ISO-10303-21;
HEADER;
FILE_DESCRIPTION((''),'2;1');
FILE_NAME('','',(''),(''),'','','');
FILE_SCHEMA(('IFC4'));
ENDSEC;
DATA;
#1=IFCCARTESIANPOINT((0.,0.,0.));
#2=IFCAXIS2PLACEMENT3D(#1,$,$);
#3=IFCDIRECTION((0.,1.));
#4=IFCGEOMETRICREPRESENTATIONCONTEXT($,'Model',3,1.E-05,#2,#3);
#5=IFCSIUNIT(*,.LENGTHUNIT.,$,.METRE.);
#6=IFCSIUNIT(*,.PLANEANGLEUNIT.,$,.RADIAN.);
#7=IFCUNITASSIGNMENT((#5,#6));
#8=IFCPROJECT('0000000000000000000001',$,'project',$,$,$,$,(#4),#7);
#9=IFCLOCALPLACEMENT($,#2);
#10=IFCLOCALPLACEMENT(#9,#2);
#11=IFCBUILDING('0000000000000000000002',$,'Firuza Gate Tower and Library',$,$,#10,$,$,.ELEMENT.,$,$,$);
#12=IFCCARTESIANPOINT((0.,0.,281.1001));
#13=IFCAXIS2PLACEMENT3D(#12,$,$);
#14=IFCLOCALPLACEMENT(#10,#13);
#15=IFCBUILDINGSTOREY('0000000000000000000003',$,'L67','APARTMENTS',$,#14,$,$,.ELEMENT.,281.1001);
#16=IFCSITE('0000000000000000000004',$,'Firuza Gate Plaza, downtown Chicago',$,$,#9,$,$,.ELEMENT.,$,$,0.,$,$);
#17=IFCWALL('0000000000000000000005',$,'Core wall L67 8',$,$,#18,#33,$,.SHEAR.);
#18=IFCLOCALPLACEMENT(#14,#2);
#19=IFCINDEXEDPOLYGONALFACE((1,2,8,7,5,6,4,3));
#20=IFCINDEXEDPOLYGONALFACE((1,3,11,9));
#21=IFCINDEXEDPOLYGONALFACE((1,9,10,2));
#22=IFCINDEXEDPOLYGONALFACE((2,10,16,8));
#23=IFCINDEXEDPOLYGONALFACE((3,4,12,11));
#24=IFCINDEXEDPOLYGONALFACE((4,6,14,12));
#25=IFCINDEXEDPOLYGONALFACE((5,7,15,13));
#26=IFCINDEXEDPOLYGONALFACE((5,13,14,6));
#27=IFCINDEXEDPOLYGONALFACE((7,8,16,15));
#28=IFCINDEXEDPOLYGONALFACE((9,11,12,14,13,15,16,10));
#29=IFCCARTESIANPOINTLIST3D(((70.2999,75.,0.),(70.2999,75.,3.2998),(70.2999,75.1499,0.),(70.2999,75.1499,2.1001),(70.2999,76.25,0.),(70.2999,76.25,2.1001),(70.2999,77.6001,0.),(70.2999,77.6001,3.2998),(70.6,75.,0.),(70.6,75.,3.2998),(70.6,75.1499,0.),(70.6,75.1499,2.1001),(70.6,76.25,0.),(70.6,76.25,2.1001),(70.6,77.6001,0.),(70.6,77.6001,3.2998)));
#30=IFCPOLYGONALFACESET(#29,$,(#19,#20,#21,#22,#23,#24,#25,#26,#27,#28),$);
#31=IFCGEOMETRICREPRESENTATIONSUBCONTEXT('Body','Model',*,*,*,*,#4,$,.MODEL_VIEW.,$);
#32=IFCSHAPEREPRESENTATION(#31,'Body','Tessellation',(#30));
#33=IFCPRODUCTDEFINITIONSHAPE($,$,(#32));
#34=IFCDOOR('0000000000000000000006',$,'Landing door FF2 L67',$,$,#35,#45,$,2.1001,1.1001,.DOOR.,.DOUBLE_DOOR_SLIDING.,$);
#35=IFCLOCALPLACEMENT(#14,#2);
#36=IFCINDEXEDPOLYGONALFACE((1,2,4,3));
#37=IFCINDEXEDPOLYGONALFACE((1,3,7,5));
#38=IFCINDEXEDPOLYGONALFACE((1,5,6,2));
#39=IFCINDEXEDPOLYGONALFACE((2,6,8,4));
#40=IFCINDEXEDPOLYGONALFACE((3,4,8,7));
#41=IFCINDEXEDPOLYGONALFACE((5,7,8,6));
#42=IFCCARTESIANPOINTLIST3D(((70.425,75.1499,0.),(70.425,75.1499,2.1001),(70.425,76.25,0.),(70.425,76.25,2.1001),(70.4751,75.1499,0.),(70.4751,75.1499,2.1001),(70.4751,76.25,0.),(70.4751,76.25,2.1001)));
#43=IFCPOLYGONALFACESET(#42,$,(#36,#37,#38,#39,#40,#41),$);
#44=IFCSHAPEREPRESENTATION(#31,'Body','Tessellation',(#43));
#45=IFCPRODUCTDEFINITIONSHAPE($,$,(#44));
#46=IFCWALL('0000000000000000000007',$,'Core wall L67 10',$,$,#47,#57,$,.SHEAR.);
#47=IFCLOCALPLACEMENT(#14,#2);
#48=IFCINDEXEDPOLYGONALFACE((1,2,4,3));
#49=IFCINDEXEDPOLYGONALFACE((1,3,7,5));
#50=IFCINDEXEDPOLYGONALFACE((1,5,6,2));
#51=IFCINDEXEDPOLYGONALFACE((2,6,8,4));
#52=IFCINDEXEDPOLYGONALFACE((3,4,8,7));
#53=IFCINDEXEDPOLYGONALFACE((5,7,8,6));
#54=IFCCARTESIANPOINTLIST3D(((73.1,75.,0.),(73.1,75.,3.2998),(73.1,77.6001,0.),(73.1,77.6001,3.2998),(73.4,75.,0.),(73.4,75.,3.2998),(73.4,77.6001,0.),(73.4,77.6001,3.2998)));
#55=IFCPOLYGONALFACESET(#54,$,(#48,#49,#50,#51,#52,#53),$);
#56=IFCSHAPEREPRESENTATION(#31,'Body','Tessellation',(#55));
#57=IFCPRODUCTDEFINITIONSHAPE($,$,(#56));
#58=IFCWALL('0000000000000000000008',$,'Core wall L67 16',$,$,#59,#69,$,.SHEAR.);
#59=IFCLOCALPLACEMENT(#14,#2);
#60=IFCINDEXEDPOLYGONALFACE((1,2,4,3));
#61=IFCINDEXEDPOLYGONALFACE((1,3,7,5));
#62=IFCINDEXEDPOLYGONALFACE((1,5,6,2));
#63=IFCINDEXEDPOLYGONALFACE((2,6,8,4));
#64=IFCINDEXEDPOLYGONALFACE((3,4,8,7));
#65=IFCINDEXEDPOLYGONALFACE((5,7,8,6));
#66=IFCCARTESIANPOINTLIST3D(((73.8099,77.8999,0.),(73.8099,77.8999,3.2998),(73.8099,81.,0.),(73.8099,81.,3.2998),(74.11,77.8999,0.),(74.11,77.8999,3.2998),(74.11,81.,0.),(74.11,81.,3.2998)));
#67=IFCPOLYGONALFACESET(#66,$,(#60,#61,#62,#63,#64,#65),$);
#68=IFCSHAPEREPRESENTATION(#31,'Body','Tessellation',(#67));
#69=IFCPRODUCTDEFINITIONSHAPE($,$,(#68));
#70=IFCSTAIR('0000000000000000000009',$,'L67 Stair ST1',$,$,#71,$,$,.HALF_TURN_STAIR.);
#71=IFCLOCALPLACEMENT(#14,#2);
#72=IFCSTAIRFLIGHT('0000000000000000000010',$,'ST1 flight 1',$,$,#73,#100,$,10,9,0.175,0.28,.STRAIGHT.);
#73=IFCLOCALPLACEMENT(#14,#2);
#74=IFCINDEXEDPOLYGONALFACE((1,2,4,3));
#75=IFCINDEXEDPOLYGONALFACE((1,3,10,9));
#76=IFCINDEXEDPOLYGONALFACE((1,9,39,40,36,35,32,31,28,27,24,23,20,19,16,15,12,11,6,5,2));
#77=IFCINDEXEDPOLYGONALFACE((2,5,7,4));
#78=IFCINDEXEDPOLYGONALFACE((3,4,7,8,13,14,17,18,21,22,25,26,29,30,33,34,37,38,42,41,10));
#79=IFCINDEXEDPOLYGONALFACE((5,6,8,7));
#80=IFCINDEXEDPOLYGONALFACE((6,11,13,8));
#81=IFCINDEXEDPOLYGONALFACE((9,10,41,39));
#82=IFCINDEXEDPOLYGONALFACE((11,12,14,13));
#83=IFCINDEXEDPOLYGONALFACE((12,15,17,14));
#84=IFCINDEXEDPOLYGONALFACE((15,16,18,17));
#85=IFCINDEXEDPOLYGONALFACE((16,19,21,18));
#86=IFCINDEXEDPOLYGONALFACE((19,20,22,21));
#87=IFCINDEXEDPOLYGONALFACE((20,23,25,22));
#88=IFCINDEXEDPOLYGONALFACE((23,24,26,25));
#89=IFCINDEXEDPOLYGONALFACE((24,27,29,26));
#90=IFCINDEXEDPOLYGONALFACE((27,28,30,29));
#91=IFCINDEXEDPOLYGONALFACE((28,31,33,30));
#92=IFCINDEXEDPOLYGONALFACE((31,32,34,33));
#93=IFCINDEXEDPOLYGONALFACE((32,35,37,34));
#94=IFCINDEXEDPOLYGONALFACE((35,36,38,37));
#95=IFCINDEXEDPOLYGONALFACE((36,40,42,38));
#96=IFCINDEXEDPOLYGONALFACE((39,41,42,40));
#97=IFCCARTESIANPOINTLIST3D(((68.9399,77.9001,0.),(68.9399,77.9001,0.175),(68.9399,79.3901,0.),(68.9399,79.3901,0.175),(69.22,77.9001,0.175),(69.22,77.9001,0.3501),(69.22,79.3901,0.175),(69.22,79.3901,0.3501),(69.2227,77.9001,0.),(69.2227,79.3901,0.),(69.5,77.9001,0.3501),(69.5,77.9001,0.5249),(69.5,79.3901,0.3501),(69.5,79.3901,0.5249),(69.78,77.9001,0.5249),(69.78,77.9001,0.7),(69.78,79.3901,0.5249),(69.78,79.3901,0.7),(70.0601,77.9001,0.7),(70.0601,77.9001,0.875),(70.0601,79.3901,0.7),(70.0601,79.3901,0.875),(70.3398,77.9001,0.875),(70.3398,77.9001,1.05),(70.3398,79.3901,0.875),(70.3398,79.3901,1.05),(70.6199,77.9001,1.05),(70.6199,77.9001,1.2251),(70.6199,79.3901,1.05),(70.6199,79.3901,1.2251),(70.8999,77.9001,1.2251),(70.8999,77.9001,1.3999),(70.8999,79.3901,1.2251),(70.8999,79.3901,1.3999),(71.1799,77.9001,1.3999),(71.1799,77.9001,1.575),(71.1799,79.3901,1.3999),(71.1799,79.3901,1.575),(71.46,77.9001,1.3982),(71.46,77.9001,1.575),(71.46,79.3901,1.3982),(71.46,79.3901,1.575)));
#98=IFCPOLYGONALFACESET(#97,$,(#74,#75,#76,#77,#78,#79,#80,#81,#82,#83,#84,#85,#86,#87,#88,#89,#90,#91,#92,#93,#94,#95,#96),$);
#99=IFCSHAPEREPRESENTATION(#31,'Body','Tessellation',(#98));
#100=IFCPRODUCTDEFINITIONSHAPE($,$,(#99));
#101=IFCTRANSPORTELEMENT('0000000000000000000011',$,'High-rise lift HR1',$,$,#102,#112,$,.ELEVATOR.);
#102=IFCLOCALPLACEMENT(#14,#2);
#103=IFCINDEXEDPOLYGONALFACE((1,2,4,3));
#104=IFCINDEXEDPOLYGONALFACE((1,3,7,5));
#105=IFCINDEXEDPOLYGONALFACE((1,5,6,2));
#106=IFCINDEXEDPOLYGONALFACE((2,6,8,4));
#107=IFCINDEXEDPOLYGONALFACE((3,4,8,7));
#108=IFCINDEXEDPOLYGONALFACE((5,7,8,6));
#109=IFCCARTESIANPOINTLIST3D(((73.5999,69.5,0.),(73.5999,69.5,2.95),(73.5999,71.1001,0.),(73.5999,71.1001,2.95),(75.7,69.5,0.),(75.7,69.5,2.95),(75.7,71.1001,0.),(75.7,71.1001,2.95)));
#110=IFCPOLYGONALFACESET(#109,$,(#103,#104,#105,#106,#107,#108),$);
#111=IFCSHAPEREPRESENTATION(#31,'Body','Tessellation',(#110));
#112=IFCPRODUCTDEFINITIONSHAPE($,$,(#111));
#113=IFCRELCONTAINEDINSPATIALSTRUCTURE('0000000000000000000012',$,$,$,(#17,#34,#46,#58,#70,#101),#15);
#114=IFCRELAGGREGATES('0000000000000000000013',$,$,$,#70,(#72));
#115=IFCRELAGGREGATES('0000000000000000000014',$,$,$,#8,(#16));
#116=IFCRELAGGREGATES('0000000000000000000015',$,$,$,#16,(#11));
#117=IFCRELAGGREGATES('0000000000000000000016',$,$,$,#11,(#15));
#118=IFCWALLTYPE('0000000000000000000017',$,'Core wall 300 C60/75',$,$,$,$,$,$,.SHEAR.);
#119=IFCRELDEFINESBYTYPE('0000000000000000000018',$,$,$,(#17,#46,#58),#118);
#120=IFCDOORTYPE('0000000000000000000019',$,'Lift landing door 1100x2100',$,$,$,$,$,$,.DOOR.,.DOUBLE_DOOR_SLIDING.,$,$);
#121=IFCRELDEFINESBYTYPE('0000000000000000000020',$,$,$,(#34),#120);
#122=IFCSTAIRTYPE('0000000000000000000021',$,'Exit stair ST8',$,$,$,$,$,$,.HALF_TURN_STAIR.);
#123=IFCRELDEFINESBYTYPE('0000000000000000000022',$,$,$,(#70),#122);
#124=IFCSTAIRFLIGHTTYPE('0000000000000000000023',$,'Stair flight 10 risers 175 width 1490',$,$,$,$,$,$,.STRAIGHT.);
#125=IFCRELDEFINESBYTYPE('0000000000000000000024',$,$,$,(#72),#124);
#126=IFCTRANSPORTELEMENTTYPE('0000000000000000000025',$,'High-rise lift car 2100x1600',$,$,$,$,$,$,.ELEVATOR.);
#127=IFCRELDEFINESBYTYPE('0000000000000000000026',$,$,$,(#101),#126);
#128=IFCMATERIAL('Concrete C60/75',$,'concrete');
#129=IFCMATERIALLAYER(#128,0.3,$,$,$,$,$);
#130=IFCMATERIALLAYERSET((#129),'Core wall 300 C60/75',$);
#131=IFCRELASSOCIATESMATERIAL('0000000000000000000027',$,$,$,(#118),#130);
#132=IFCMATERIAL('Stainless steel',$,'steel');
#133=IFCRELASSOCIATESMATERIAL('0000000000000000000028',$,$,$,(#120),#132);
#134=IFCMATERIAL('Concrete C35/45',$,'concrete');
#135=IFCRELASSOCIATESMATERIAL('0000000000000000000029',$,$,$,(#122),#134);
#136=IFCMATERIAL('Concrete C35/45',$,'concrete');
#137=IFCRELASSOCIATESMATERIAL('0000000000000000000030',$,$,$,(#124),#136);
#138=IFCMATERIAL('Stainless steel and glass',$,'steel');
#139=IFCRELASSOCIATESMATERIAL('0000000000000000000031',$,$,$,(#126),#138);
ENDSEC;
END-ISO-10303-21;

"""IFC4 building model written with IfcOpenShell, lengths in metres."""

from ifc_helpers import new_model, si_unit, direction, frame, frame_2d, origin, origin_2d, place, context, subcontext, project, spatial, polyline, rectangle, outline, extrude, material, layer, layer_set, type_object, element, fill, aggregate, save


model = new_model("IFC4")

# Units and contexts
model_context = context("Model", 3, precision=1e-05, world=origin(), true_north=direction((0.0, 1.0)))
body_context = subcontext(model_context, "Body", "Model", "MODEL_VIEW")
ifc_project = project(units=[si_unit("LENGTHUNIT", "METRE"), si_unit("PLANEANGLEUNIT", "RADIAN")], contexts=[model_context])

# Site, building, storey
site_placement = place(None, origin())
site = spatial("IfcSite", under=ifc_project, at=site_placement, Name="Firuza Gate Plaza, downtown Chicago", CompositionType="ELEMENT", RefElevation=0.0)
building_placement = place(site_placement, origin())
building = spatial("IfcBuilding", under=site, at=building_placement, Name="Firuza Gate Tower and Library", CompositionType="ELEMENT")
storey_placement = place(building_placement, frame((0.0, 0.0, 281.1001)))
storey = spatial("IfcBuildingStorey", under=building, at=storey_placement, Name="L67", Description="APARTMENTS", CompositionType="ELEMENT", Elevation=281.1001)

# Shared definitions
ifc_material_1 = material(Name="Concrete C60/75", Category="concrete")
ifc_layer_1 = layer(ifc_material_1, 0.3)
ifc_layer_set_1 = layer_set([ifc_layer_1], Name="Core wall 300 C60/75")
wall_type_1 = type_object("IfcWallType", Name="Core wall 300 C60/75", PredefinedType="SHEAR", material=ifc_layer_set_1)
ifc_material_2 = material(Name="Stainless steel", Category="steel")
door_type_1 = type_object("IfcDoorType", Name="Lift landing door 1100x2100", OperationType="DOUBLE_DOOR_SLIDING", PredefinedType="DOOR", material=ifc_material_2)

# Wall, opening, door
wall_1_placement = place(storey_placement, frame((70.45, 75.0, 0.0), z_axis=(0.0, 0.0, 1.0), x_axis=(0.0, 1.0, 0.0)))
wall_1 = element("IfcWall", 1, at=wall_1_placement, inside=storey, type_object=wall_type_1, Name="Core wall L67 8", PredefinedType="SHEAR", context=body_context, shape_type="SweptSolid", body=[
    extrude(rectangle(XDim=2.6001, YDim=0.3, at=frame_2d((1.3, 0.0))), origin(), (0.0, 0.0, 1.0), 3.2998),
])
opening_1_placement = place(wall_1_placement, frame((0.1499, 0.0, 0.0)))
opening_1 = element("IfcOpeningElement", 2, at=opening_1_placement, cuts=wall_1, PredefinedType="OPENING", context=body_context, shape_type="SweptSolid", body=[
    extrude(rectangle(XDim=1.1001, YDim=2.1001, at=frame_2d((0.55, 1.05))), frame((0.0, 0.1602, 0.0), z_axis=(0.0, -1.0, 0.0), x_axis=(1.0, 0.0, 0.0)), (0.0, 0.0, 1.0), 0.3201),
])
door_1_placement = place(opening_1_placement, origin())
door_1 = element("IfcDoor", 3, at=door_1_placement, inside=storey, type_object=door_type_1, Name="Landing door FF2 L67", OperationType="DOUBLE_DOOR_SLIDING", OverallHeight=2.1001, OverallWidth=1.1001, PredefinedType="DOOR", context=body_context, shape_type="SweptSolid", body=[
    extrude(rectangle(XDim=1.1001, YDim=2.1001, at=frame_2d((0.55, 1.05))), frame((0.0, 0.0249, 0.0), z_axis=(0.0, -1.0, 0.0), x_axis=(1.0, 0.0, 0.0)), (0.0, 0.0, 1.0), 0.05),
])
fill(opening_1, door_1)

# Walls
wall_2_placement = place(storey_placement, frame((73.25, 75.0, 0.0), z_axis=(0.0, 0.0, 1.0), x_axis=(0.0, 1.0, 0.0)))
element("IfcWall", 4, at=wall_2_placement, inside=storey, type_object=wall_type_1, Name="Core wall L67 10", PredefinedType="SHEAR", context=body_context, shape_type="SweptSolid", body=[
    extrude(rectangle(XDim=2.6001, YDim=0.3, at=frame_2d((1.3, 0.0))), origin(), (0.0, 0.0, 1.0), 3.2998),
])
wall_3_placement = place(storey_placement, frame((73.96, 77.8999, 0.0), z_axis=(0.0, 0.0, 1.0), x_axis=(0.0, 1.0, 0.0)))
element("IfcWall", 5, at=wall_3_placement, inside=storey, type_object=wall_type_1, Name="Core wall L67 16", PredefinedType="SHEAR", context=body_context, shape_type="SweptSolid", body=[
    extrude(rectangle(XDim=3.1001, YDim=0.3, at=frame_2d((1.55, 0.0))), origin(), (0.0, 0.0, 1.0), 3.2998),
])

# Stair, stair flight
ifc_material_3 = material(Name="Concrete C35/45", Category="concrete")
stair_type = type_object("IfcStairType", Name="Exit stair ST8", PredefinedType="HALF_TURN_STAIR", material=ifc_material_3)
stair_placement = place(storey_placement, origin())
stair = element("IfcStair", 6, at=stair_placement, inside=storey, type_object=stair_type, Name="L67 Stair ST1", PredefinedType="HALF_TURN_STAIR")
ifc_material_4 = material(Name="Concrete C35/45", Category="concrete")
stair_flight_type = type_object("IfcStairFlightType", Name="Stair flight 10 risers 175 width 1490", PredefinedType="STRAIGHT", material=ifc_material_4)
stair_flight_placement = place(storey_placement, frame((68.9399, 78.645, 0.0), z_axis=(0.0, 0.0, 1.0), x_axis=(1.0, 0.0, 0.0)))
stair_flight = element("IfcStairFlight", 7, at=stair_flight_placement, type_object=stair_flight_type, Name="ST1 flight 1", NumberOfRisers=10, NumberOfTreads=9, PredefinedType="STRAIGHT", RiserHeight=0.175, TreadLength=0.28, context=body_context, shape_type="SweptSolid", body=[
    extrude(outline(polyline([(0.0, 0.0), (0.0, 0.175), (0.28, 0.175), (0.28, 0.3501), (0.5601, 0.3501), (0.5601, 0.5249), (0.8401, 0.5249), (0.8401, 0.7), (1.1201, 0.7), (1.1201, 0.875), (1.3999, 0.875), (1.3999, 1.05), (1.6799, 1.05), (1.6799, 1.2251), (1.96, 1.2251), (1.96, 1.3999), (2.24, 1.3999), (2.24, 1.575), (2.52, 1.575), (2.52, 1.75), (2.52, 1.3982), (0.2827, 0.0), (0.0, 0.0)])), frame((0.0, 0.7451, 0.0), z_axis=(0.0, -1.0, 0.0), x_axis=(1.0, 0.0, 0.0)), (0.0, 0.0, 1.0), 1.49),
])
aggregate(stair, [stair_flight])

# Transport element
ifc_material_5 = material(Name="Stainless steel and glass", Category="steel")
transport_element_type = type_object("IfcTransportElementType", Name="High-rise lift car 2100x1600", PredefinedType="ELEVATOR", material=ifc_material_5)
transport_element_placement = place(storey_placement, frame((74.6499, 70.3, 0.0), z_axis=(0.0, 0.0, 1.0), x_axis=(1.0, 0.0, 0.0)))
element("IfcTransportElement", 8, at=transport_element_placement, inside=storey, type_object=transport_element_type, Name="High-rise lift HR1", PredefinedType="ELEVATOR", context=body_context, shape_type="SweptSolid", body=[
    extrude(rectangle(XDim=2.1001, YDim=1.6001, at=origin_2d()), origin(), (0.0, 0.0, 1.0), 2.95),
])

save(model, "model.ifc")
